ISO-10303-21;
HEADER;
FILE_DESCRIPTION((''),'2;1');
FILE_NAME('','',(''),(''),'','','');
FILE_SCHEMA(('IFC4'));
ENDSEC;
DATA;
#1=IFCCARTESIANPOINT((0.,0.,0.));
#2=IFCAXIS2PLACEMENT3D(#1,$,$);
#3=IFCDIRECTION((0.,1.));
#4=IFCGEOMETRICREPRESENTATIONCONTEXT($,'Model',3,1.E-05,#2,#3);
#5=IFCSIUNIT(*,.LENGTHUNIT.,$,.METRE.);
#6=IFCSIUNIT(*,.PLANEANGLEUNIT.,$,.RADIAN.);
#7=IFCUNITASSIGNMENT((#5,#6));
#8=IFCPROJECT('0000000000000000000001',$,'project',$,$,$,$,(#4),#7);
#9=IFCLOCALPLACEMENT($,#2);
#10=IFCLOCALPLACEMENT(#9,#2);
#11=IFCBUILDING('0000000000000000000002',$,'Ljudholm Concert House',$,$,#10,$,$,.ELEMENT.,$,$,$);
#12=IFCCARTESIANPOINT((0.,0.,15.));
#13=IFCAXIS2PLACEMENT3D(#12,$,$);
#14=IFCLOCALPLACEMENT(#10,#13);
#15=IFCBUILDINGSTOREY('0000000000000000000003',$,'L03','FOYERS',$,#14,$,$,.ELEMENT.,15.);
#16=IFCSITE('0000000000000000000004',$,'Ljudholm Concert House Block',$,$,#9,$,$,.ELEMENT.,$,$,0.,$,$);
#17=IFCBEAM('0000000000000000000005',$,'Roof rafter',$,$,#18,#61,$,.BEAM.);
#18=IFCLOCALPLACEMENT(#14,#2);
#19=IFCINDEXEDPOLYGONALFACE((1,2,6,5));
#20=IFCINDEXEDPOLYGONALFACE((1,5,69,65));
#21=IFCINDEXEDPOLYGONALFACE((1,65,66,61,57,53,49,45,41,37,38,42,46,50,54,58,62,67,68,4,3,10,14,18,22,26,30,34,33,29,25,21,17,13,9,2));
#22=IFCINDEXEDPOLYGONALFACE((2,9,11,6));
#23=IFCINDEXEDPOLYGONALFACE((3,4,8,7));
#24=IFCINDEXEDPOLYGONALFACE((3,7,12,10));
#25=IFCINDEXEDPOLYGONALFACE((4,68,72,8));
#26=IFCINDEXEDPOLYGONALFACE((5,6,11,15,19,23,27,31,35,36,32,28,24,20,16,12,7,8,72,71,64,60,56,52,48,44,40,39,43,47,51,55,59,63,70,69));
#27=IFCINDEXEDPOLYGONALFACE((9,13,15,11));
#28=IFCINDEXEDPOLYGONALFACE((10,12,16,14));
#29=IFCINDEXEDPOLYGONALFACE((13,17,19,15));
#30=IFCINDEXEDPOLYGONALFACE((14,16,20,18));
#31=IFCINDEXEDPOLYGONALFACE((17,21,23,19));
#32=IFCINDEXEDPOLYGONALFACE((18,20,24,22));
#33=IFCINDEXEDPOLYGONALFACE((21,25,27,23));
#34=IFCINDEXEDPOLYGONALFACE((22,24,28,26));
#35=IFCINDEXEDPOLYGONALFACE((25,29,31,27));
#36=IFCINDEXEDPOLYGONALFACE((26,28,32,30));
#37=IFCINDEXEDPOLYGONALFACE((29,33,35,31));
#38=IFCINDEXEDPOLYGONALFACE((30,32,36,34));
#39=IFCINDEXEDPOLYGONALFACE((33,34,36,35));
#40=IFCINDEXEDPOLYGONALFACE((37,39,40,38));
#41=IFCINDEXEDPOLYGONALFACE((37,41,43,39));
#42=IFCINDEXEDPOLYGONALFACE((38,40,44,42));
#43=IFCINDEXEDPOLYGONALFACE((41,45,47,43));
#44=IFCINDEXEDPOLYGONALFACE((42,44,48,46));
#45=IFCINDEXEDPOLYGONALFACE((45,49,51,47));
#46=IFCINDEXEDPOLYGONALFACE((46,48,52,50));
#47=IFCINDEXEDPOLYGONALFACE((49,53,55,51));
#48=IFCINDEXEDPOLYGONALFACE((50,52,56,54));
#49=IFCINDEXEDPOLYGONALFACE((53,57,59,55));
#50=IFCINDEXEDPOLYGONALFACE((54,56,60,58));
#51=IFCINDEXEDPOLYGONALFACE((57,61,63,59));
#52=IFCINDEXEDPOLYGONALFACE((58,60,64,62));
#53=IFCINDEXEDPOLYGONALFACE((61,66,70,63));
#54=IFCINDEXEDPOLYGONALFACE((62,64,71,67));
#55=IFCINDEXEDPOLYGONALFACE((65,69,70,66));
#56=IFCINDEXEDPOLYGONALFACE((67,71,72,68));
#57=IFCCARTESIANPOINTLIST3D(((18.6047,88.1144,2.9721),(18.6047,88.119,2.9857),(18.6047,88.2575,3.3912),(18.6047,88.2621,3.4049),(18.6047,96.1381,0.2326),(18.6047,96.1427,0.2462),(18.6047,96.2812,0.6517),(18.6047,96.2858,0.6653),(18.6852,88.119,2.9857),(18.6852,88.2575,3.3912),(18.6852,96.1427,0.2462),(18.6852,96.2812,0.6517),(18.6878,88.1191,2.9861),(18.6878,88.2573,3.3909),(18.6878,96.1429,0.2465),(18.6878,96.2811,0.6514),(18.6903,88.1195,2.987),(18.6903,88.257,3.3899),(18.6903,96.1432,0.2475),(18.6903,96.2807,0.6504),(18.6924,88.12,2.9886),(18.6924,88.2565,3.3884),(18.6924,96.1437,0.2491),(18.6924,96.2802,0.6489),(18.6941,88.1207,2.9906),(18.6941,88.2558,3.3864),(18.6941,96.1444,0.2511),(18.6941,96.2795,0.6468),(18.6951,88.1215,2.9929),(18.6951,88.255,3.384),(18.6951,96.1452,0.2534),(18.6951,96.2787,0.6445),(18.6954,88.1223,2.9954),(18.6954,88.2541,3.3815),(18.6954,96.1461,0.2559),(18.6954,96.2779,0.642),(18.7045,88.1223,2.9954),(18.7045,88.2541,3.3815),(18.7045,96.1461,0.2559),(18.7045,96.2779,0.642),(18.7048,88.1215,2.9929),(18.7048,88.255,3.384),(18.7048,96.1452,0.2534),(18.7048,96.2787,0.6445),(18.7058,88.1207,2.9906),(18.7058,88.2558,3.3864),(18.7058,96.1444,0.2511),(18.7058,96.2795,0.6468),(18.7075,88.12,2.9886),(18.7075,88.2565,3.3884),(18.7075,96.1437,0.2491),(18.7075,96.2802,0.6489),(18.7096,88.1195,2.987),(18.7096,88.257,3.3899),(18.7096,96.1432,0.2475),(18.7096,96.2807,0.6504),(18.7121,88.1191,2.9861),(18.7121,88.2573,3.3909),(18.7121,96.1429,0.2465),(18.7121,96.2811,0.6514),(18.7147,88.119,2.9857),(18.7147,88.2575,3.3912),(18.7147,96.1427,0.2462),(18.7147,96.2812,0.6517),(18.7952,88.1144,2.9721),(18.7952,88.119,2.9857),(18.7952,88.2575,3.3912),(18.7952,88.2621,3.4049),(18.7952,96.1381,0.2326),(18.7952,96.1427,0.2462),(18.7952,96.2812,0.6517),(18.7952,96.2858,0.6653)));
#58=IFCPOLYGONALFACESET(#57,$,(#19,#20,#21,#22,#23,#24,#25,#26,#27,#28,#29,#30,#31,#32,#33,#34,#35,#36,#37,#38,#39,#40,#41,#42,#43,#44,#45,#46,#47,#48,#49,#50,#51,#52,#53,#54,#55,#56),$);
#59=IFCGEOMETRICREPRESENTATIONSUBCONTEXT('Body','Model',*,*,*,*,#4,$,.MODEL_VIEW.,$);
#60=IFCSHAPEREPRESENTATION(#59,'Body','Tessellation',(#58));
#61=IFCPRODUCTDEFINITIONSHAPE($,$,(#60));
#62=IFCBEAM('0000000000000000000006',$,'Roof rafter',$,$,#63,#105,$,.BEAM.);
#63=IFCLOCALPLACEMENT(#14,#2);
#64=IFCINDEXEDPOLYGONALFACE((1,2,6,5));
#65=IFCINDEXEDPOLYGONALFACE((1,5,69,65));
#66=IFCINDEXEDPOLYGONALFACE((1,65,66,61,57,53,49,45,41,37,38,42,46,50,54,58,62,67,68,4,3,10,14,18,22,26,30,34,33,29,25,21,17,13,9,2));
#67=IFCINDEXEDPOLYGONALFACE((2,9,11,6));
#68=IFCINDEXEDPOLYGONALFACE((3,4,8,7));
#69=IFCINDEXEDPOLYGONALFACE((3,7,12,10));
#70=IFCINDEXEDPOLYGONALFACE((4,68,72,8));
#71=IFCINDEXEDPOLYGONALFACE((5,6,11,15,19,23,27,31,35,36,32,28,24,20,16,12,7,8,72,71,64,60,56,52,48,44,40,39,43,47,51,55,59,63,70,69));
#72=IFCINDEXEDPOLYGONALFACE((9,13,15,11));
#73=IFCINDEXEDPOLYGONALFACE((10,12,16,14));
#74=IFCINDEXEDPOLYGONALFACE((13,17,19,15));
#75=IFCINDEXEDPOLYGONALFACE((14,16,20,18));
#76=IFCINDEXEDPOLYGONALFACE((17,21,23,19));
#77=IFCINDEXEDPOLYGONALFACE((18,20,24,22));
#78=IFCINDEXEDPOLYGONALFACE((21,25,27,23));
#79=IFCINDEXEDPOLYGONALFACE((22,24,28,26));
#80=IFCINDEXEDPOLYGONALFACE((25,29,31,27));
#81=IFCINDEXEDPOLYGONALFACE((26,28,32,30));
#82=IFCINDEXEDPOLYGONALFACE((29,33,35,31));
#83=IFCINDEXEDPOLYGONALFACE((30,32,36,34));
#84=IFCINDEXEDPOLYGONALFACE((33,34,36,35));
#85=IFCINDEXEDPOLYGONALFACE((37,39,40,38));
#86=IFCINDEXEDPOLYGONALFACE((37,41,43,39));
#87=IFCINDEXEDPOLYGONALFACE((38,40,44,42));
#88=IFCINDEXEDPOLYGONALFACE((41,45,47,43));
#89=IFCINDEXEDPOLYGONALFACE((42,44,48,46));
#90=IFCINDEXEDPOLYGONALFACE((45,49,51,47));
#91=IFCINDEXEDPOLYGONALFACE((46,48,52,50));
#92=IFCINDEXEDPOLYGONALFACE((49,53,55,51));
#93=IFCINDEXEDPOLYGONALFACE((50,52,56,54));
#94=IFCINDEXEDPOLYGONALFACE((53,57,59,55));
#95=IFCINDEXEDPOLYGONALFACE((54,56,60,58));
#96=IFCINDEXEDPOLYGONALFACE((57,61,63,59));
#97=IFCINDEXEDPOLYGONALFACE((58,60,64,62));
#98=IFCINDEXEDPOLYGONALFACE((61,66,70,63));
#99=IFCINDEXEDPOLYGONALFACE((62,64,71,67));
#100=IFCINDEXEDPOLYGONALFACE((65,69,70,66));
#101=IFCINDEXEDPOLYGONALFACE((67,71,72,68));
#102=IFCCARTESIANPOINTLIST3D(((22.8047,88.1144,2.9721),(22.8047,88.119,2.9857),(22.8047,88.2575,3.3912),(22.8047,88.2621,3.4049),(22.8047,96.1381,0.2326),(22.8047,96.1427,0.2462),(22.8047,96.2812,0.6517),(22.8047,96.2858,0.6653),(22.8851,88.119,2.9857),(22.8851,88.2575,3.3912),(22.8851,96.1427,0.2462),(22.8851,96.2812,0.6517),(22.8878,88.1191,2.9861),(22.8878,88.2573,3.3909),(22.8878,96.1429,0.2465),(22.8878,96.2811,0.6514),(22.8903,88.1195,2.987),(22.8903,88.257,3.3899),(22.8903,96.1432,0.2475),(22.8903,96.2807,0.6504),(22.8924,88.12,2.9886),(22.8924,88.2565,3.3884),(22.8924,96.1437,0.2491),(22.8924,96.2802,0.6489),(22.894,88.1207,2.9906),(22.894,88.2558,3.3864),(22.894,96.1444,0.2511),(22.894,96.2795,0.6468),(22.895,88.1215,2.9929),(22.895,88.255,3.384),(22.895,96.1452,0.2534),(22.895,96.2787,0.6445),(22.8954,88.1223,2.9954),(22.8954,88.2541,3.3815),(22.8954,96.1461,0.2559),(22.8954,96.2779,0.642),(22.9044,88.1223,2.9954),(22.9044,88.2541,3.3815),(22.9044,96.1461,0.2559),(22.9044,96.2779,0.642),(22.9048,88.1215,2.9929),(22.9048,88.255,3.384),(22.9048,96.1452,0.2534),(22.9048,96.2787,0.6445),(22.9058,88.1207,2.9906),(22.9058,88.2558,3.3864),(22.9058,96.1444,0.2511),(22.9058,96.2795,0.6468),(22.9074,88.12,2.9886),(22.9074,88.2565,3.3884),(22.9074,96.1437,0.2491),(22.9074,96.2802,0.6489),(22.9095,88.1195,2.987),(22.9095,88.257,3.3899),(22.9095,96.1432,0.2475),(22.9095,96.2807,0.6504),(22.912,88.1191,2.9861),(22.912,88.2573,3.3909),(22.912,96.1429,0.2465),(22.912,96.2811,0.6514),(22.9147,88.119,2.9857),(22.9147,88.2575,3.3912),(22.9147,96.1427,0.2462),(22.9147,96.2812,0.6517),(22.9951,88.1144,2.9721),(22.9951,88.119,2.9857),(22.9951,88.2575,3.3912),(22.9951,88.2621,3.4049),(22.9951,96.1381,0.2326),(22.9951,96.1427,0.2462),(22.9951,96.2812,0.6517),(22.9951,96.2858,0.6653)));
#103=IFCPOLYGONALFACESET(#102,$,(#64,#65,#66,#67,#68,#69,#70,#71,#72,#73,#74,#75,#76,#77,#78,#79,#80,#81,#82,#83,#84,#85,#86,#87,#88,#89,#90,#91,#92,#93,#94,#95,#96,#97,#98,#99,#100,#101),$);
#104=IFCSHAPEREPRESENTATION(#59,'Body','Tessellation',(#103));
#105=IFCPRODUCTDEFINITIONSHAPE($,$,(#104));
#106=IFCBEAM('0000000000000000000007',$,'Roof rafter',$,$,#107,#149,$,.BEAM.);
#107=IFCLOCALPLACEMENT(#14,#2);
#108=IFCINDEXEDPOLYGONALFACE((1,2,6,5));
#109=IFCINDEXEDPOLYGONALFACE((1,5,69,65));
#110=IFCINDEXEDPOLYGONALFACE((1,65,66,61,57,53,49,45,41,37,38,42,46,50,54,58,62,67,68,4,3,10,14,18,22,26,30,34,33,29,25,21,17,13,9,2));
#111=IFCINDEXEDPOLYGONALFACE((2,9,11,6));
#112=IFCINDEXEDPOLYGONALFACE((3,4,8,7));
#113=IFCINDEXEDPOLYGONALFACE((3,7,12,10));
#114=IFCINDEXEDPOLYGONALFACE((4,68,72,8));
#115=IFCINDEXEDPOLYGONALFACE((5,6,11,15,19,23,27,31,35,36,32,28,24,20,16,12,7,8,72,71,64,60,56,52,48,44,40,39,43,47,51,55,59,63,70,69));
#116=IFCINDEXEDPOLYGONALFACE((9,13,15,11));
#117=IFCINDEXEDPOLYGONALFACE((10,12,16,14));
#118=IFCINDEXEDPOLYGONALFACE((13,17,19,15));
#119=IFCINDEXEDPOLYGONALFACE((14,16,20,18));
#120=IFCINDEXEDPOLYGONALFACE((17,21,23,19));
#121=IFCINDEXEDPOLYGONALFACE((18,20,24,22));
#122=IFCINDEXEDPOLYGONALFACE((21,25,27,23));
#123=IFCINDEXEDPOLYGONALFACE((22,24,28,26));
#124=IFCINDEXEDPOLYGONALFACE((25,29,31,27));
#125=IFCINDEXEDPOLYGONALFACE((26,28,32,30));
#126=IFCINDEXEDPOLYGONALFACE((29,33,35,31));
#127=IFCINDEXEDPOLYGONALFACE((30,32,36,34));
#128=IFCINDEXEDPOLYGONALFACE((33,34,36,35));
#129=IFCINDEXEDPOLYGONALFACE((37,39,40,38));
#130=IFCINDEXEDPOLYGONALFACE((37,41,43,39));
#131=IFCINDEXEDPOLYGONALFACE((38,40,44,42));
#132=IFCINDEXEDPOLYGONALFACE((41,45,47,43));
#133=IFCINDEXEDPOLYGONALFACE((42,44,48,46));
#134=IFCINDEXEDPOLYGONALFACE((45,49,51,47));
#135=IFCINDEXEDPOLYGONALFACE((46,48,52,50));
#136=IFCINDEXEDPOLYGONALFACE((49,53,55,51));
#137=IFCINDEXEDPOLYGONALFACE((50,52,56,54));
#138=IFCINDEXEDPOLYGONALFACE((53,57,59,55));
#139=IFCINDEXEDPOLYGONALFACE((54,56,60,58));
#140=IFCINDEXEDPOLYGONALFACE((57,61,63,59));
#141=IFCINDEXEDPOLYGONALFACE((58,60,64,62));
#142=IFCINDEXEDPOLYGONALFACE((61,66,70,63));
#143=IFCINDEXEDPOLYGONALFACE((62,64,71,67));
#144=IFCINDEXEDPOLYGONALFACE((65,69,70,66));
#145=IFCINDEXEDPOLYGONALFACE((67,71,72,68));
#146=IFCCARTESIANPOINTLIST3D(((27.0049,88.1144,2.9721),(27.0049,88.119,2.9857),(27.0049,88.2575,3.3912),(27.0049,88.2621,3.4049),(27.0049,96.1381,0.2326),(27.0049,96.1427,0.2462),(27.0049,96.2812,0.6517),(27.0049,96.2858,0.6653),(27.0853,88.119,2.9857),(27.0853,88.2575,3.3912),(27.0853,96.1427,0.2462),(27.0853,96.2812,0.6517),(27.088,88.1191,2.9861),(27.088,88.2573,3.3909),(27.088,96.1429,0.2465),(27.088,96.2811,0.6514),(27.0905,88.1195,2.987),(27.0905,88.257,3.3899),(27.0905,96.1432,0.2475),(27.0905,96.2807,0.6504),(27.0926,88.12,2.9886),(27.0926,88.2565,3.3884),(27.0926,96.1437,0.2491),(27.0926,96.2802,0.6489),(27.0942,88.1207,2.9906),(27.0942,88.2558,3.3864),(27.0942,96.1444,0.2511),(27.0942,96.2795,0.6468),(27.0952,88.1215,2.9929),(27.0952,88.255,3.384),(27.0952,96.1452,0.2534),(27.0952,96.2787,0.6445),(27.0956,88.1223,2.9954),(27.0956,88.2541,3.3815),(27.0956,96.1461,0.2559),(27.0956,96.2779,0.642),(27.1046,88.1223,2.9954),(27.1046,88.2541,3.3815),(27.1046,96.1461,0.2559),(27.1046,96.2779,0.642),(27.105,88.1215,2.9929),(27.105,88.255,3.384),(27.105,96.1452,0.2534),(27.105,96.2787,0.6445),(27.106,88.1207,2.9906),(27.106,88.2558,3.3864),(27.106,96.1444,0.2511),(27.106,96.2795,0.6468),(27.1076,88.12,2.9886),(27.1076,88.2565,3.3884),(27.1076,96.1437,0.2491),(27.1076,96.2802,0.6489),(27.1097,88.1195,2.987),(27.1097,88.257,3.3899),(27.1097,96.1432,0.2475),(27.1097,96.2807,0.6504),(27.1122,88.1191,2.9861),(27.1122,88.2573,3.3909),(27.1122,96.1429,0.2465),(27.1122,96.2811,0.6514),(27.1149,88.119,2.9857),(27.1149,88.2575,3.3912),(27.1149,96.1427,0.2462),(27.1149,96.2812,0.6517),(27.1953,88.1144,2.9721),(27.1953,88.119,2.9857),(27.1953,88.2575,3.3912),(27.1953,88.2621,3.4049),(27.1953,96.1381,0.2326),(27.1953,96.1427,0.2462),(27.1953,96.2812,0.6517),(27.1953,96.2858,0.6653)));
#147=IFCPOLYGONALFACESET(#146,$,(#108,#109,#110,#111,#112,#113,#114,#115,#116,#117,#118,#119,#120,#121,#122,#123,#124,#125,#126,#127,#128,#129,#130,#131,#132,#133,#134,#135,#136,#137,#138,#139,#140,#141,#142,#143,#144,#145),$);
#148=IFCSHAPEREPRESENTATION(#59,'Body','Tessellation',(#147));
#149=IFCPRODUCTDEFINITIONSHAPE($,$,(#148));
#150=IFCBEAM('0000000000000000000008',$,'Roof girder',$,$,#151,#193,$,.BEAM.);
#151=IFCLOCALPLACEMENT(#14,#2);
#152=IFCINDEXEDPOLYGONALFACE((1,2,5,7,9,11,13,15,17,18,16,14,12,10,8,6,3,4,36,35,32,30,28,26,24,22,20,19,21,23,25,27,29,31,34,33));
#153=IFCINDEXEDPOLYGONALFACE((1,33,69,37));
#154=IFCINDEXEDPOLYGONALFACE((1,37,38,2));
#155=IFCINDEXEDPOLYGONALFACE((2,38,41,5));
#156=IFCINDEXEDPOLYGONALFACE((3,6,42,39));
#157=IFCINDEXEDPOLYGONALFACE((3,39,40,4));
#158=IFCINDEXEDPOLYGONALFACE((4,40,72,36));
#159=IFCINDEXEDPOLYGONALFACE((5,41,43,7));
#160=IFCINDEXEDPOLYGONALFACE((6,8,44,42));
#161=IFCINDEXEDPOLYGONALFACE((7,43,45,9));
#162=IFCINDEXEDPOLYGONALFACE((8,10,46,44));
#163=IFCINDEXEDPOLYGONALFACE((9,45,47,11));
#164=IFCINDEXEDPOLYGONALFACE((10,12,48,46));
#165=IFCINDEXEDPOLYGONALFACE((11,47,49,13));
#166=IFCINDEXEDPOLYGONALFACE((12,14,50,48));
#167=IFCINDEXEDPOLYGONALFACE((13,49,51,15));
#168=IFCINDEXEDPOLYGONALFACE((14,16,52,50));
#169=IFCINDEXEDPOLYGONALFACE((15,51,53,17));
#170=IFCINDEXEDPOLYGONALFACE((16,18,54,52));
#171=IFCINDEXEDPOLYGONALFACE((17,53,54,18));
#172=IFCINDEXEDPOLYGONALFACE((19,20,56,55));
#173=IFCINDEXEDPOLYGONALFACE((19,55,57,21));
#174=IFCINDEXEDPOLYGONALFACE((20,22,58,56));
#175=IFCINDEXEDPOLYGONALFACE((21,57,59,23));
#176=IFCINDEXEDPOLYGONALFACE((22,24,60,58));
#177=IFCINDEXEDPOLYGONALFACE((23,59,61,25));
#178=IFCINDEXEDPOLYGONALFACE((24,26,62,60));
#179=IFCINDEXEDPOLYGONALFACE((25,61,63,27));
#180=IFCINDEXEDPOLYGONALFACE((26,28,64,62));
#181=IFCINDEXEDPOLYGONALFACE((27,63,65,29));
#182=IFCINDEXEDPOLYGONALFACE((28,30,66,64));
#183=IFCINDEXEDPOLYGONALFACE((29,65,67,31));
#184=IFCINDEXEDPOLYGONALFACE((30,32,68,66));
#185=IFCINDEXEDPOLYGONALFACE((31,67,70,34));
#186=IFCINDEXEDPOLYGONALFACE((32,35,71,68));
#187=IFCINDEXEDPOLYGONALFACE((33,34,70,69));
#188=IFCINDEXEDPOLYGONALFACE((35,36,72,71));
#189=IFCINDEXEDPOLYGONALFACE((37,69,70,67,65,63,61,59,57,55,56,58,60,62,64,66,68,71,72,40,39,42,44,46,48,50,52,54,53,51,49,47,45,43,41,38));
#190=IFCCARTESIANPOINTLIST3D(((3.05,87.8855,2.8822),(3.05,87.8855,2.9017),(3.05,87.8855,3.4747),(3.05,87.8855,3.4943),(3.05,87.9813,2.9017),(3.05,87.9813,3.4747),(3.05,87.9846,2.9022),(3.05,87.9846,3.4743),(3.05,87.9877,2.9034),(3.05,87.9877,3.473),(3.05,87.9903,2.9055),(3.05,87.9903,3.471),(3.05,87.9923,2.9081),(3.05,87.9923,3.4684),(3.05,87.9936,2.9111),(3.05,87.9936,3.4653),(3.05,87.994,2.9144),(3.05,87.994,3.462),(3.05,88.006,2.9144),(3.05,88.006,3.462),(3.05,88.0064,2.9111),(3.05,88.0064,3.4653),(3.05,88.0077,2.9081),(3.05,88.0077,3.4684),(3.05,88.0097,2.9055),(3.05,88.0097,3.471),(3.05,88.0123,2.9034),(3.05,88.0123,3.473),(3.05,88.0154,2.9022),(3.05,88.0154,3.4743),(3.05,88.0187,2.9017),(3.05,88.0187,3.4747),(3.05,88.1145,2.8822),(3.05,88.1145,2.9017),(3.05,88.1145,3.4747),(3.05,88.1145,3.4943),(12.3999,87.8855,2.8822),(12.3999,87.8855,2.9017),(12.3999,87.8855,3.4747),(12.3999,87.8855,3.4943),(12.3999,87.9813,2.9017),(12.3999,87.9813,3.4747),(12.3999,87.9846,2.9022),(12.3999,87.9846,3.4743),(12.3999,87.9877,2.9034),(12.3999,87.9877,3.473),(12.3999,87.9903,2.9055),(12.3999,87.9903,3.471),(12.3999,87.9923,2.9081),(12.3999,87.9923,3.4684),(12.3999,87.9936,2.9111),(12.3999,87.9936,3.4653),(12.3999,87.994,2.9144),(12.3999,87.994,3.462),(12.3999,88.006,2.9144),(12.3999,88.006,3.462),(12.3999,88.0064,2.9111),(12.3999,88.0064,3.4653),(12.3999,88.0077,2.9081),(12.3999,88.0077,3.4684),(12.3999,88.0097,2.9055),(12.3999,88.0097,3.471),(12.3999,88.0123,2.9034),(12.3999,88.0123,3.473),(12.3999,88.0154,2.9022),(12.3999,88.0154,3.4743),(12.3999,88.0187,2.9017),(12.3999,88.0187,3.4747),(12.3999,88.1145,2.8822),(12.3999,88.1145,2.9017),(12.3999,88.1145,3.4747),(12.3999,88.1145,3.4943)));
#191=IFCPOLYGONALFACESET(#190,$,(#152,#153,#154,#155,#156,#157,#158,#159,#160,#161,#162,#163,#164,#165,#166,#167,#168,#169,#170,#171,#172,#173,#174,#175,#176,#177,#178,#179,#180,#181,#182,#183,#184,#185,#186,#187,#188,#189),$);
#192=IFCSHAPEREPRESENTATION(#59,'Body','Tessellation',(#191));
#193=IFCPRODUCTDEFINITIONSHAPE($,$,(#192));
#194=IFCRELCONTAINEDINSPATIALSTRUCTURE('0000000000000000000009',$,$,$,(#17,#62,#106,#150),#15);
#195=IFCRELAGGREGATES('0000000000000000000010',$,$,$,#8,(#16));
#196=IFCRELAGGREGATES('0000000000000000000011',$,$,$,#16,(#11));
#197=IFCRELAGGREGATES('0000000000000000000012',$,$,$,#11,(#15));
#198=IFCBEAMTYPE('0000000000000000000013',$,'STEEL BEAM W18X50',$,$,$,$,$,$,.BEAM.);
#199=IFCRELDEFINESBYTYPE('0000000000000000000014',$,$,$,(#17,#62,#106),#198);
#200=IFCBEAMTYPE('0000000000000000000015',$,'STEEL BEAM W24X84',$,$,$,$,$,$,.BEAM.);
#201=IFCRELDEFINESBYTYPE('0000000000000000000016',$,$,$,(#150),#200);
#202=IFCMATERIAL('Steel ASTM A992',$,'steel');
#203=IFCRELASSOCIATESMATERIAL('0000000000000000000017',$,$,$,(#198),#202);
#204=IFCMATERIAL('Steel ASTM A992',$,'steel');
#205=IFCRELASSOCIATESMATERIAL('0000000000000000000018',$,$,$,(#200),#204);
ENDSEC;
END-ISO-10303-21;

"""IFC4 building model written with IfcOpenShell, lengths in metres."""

from ifc_helpers import new_model, si_unit, direction, frame, origin, origin_2d, place, context, subcontext, project, spatial, i_section, extrude, material, material_profile, profile_set, type_object, element, save


model = new_model("IFC4")

# Units and contexts
model_context = context("Model", 3, precision=1e-05, world=origin(), true_north=direction((0.0, 1.0)))
body_context = subcontext(model_context, "Body", "Model", "MODEL_VIEW")
ifc_project = project(units=[si_unit("LENGTHUNIT", "METRE"), si_unit("PLANEANGLEUNIT", "RADIAN")], contexts=[model_context])

# Site, building, storey
site_placement = place(None, origin())
site = spatial("IfcSite", under=ifc_project, at=site_placement, Name="Ljudholm Concert House Block", CompositionType="ELEMENT", RefElevation=0.0)
building_placement = place(site_placement, origin())
building = spatial("IfcBuilding", under=site, at=building_placement, Name="Ljudholm Concert House", CompositionType="ELEMENT")
storey_placement = place(building_placement, frame((0.0, 0.0, 15.0)))
storey = spatial("IfcBuildingStorey", under=building, at=storey_placement, Name="L03", Description="FOYERS", CompositionType="ELEMENT", Elevation=15.0)

# Beams
ifc_material_1 = material(Name="Steel ASTM A992", Category="steel")
ifc_material_profile_1 = material_profile(ifc_material_1, i_section(OverallWidth=0.1904, OverallDepth=0.4573, WebThickness=0.009, FlangeThickness=0.0144, FilletRadius=0.0103, at=origin_2d()), Name="W18X50")
ifc_profile_set_1 = profile_set([ifc_material_profile_1], Name="Steel ASTM A992")
beam_type_1 = type_object("IfcBeamType", Name="STEEL BEAM W18X50", PredefinedType="BEAM", material=ifc_profile_set_1)
for number, where, z_axis, x_axis, name in (
    (1, (18.7, 88.1882, 3.1885), (0.0, 0.94636, -0.323113), (-1.0, 0.0, 0.0), "Roof rafter"),
    (2, (22.8999, 88.1882, 3.1885), (0.0, 0.94636, -0.323113), (-1.0, 0.0, 0.0), "Roof rafter"),
    (3, (27.1001, 88.1882, 3.1885), (0.0, 0.94636, -0.323113), (-1.0, 0.0, 0.0), "Roof rafter"),
):
    element("IfcBeam", number, at=place(storey_placement, frame(where, z_axis=z_axis, x_axis=x_axis)), inside=storey, type_object=beam_type_1, Name=name, PredefinedType="BEAM", context=body_context, shape_type="SweptSolid", body=[
        extrude(i_section(OverallWidth=0.1904, OverallDepth=0.4573, WebThickness=0.009, FlangeThickness=0.0144, FilletRadius=0.0103, at=origin_2d()), origin(), (0.0, 0.0, 1.0), 8.4785),
    ])
ifc_material_2 = material(Name="Steel ASTM A992", Category="steel")
ifc_material_profile_2 = material_profile(ifc_material_2, i_section(OverallWidth=0.229, OverallDepth=0.6121, WebThickness=0.012, FlangeThickness=0.0195, FilletRadius=0.0127, at=origin_2d()), Name="W24X84")
ifc_profile_set_2 = profile_set([ifc_material_profile_2], Name="Steel ASTM A992")
beam_type_2 = type_object("IfcBeamType", Name="STEEL BEAM W24X84", PredefinedType="BEAM", material=ifc_profile_set_2)
beam_1_placement = place(storey_placement, frame((3.05, 88.0, 3.1882), z_axis=(1.0, 0.0, 0.0), x_axis=(0.0, 1.0, 0.0)))
element("IfcBeam", 4, at=beam_1_placement, inside=storey, type_object=beam_type_2, Name="Roof girder", PredefinedType="BEAM", context=body_context, shape_type="SweptSolid", body=[
    extrude(i_section(OverallWidth=0.229, OverallDepth=0.6121, WebThickness=0.012, FlangeThickness=0.0195, FilletRadius=0.0127, at=origin_2d()), origin(), (0.0, 0.0, 1.0), 9.3499),
])

save(model, "model.ifc")
